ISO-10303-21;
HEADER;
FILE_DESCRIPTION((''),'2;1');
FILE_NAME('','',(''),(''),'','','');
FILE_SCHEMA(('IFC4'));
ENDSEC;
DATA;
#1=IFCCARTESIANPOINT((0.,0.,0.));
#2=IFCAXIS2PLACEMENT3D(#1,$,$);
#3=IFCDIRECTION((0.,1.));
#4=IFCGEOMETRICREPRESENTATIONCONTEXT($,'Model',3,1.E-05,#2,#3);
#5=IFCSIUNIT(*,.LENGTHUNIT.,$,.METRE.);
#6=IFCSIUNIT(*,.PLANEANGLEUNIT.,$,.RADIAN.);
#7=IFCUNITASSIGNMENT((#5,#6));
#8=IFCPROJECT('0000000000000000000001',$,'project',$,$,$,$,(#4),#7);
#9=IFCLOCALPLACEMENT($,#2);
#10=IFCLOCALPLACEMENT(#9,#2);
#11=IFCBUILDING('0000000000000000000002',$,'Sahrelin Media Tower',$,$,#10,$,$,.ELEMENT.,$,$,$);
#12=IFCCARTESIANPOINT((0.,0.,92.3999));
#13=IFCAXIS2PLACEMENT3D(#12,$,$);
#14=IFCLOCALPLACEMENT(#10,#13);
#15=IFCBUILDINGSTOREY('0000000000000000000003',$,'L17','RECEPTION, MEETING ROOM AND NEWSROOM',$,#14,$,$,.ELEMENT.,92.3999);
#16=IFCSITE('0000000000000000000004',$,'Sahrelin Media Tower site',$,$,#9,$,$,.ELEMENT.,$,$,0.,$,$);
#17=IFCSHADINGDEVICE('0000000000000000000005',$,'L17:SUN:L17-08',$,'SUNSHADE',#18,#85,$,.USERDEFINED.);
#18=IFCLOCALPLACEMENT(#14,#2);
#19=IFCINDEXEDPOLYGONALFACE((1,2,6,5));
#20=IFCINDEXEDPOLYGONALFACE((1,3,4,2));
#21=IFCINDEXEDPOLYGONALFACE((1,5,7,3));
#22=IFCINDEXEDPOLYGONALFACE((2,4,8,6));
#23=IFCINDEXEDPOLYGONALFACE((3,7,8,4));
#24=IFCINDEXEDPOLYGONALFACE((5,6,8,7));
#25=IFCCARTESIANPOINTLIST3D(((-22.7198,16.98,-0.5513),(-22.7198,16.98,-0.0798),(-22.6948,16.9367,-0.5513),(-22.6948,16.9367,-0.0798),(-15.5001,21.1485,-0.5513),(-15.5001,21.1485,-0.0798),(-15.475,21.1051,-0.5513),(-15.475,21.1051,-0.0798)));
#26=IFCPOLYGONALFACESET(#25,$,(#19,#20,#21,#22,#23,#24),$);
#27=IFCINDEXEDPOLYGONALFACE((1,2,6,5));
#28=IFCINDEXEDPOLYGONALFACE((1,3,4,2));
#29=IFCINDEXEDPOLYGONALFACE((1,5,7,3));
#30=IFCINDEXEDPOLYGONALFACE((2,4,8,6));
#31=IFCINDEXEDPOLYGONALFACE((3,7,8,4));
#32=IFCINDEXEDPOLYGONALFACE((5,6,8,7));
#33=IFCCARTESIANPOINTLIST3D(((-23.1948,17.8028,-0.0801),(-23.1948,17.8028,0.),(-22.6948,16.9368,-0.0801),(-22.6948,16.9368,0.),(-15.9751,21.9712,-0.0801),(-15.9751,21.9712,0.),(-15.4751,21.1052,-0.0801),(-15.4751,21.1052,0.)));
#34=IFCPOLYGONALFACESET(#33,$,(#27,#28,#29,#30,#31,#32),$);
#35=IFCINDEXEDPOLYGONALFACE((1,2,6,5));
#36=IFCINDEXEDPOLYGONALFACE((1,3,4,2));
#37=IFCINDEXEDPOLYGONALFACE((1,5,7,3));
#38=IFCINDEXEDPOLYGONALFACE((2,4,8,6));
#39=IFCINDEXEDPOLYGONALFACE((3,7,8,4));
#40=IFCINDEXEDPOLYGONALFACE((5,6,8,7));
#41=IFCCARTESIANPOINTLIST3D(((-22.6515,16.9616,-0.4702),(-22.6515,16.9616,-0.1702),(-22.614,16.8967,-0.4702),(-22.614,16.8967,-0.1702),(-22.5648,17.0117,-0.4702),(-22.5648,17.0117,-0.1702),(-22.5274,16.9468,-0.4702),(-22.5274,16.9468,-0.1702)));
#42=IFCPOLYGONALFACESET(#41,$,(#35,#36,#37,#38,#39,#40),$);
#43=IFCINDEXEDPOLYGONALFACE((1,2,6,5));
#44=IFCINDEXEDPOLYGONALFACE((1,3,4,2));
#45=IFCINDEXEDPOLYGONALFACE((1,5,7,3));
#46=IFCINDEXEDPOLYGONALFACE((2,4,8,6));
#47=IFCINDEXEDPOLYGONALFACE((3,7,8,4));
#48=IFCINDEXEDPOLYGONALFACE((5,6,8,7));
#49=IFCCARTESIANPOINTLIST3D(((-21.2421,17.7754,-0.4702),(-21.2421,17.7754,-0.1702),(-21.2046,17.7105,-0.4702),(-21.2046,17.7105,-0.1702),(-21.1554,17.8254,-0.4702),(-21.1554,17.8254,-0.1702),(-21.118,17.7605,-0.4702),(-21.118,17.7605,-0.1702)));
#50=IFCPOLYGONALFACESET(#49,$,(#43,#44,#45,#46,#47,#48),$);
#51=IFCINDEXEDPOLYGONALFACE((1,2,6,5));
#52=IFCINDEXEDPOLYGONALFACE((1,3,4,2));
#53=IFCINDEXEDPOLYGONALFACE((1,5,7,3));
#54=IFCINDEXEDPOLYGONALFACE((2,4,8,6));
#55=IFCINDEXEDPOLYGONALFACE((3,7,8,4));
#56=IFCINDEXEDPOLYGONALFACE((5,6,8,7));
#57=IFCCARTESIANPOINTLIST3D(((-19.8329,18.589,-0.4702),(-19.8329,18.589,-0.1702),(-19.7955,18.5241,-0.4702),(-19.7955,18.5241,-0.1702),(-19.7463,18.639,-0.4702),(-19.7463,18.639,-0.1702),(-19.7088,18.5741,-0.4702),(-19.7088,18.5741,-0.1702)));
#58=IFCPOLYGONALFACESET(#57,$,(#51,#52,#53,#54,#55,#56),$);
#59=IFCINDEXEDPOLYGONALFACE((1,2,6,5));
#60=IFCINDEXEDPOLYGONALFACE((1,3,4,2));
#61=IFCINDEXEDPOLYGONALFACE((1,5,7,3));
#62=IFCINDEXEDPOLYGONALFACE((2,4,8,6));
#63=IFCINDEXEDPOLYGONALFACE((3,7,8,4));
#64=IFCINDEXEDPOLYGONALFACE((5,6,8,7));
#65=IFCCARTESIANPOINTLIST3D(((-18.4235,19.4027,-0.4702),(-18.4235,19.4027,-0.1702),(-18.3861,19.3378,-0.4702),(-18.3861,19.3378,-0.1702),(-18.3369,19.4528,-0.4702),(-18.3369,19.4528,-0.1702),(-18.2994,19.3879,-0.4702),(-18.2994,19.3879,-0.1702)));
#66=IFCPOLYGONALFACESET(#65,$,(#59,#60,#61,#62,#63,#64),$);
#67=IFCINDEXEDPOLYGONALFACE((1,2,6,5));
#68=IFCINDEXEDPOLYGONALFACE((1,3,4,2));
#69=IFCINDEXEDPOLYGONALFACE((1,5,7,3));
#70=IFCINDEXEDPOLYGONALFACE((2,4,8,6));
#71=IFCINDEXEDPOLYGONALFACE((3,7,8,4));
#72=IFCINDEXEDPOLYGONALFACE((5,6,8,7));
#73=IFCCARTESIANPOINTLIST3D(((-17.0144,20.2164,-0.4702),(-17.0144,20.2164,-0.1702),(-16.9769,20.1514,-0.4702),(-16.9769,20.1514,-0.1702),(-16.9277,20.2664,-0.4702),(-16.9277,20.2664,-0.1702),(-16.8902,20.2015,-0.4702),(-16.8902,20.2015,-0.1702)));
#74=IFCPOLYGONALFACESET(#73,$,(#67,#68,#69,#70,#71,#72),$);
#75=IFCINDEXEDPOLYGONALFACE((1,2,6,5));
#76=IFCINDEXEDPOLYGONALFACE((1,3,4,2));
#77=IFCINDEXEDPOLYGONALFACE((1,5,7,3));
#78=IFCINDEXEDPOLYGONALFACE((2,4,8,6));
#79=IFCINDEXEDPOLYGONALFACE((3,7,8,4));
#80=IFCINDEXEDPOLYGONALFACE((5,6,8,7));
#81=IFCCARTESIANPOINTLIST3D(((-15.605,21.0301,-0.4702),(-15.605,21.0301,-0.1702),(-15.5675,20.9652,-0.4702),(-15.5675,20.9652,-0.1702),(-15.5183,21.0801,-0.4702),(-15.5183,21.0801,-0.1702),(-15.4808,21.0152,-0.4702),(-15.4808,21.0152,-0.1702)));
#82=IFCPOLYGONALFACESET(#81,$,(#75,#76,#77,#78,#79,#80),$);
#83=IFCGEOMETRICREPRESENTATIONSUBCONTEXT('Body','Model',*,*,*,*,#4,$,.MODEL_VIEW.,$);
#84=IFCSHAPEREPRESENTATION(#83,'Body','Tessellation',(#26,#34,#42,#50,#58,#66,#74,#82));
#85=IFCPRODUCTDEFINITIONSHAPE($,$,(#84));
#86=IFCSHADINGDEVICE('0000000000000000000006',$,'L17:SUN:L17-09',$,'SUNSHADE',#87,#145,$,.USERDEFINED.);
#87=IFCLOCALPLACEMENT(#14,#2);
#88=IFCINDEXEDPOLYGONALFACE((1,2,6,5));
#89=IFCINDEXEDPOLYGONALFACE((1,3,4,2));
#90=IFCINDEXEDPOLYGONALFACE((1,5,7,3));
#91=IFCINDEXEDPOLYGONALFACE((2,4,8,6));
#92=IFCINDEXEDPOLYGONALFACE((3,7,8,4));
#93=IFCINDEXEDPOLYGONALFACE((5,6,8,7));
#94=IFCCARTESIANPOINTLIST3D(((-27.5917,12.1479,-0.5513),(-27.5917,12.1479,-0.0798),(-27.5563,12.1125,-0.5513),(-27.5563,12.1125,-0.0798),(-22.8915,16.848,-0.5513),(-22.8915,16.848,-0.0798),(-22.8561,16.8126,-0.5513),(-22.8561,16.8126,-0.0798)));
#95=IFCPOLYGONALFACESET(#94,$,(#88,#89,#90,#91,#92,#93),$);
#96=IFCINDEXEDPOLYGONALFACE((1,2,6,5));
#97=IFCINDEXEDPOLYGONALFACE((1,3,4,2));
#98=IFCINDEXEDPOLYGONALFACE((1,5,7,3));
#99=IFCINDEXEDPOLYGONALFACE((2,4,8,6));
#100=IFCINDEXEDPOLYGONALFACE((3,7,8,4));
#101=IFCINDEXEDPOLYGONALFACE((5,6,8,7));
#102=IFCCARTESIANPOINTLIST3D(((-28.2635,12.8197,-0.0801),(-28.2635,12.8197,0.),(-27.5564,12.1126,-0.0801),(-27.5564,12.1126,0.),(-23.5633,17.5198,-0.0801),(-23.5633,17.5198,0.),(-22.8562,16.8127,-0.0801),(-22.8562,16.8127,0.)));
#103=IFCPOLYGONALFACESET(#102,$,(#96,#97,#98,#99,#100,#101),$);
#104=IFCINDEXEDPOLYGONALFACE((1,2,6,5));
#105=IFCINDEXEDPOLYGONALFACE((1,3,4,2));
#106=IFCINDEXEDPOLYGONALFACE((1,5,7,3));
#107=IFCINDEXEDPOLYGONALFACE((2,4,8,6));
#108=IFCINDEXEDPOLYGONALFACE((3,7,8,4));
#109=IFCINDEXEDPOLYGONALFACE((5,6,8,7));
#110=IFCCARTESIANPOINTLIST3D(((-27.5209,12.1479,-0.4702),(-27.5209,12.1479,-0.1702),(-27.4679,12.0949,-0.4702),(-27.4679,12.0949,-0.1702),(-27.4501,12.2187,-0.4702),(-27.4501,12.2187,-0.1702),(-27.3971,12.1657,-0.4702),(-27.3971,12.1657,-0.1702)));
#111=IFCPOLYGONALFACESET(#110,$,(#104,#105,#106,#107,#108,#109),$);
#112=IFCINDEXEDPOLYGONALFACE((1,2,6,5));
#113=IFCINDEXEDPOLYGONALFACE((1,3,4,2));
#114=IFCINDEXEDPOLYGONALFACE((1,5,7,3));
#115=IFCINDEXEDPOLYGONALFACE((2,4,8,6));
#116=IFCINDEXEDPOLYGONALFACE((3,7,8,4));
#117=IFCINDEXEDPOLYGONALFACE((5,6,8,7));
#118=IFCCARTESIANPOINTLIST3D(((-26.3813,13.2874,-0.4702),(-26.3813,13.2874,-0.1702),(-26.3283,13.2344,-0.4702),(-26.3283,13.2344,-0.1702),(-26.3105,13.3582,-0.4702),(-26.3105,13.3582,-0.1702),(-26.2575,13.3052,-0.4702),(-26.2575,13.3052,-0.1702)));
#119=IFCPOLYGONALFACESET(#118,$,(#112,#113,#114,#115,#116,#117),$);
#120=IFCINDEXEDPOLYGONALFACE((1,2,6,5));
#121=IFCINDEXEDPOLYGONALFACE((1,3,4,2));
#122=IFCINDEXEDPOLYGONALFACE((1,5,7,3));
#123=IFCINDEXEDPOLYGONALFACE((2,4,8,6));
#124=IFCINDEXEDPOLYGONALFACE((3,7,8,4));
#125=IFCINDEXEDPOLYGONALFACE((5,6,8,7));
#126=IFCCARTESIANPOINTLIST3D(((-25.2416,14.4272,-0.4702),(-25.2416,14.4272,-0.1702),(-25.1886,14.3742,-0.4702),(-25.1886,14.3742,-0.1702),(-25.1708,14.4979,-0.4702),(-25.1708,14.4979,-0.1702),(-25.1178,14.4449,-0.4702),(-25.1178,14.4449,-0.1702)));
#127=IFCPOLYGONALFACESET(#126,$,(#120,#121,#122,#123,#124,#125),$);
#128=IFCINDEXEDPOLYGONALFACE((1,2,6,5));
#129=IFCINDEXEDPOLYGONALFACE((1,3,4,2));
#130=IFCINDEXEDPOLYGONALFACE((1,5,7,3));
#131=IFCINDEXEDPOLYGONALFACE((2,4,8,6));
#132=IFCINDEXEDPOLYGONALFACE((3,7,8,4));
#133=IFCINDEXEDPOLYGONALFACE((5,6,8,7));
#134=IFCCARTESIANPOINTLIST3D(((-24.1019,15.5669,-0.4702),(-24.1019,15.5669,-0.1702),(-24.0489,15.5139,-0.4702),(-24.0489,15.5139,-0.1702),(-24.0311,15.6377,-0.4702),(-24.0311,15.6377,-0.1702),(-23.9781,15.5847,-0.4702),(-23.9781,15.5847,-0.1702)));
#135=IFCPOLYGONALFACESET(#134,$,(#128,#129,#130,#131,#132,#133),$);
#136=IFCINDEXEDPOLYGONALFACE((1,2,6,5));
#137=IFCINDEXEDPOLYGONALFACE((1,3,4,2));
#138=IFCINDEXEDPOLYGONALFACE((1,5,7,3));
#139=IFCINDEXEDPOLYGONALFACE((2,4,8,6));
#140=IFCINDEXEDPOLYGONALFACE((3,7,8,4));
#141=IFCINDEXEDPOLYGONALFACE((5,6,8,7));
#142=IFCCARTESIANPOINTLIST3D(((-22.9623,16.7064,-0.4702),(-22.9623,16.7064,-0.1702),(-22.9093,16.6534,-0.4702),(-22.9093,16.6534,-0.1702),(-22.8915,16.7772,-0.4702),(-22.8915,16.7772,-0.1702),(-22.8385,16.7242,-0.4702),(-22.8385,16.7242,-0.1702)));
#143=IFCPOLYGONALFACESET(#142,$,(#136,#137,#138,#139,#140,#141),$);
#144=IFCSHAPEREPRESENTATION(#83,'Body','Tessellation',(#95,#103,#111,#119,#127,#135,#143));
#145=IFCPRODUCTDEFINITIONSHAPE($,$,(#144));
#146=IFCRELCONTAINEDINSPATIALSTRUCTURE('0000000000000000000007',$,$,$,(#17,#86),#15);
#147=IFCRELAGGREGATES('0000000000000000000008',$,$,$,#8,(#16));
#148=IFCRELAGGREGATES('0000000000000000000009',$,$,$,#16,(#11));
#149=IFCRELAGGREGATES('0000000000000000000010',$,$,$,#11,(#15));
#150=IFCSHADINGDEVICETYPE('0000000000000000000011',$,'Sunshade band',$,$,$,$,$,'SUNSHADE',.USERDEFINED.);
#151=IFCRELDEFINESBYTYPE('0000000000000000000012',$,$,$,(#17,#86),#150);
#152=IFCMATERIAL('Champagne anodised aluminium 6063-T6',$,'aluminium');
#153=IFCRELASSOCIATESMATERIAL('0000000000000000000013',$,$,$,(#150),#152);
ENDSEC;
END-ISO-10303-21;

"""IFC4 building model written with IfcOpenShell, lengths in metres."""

from ifc_helpers import new_model, si_unit, direction, frame, origin, origin_2d, place, context, subcontext, project, spatial, rectangle, extrude, material, type_object, element, save


model = new_model("IFC4")

# Units and contexts
model_context = context("Model", 3, precision=1e-05, world=origin(), true_north=direction((0.0, 1.0)))
body_context = subcontext(model_context, "Body", "Model", "MODEL_VIEW")
ifc_project = project(units=[si_unit("LENGTHUNIT", "METRE"), si_unit("PLANEANGLEUNIT", "RADIAN")], contexts=[model_context])

# Site, building, storey
site_placement = place(None, origin())
site = spatial("IfcSite", under=ifc_project, at=site_placement, Name="Sahrelin Media Tower site", CompositionType="ELEMENT", RefElevation=0.0)
building_placement = place(site_placement, origin())
building = spatial("IfcBuilding", under=site, at=building_placement, Name="Sahrelin Media Tower", CompositionType="ELEMENT")
storey_placement = place(building_placement, frame((0.0, 0.0, 92.3999)))
storey = spatial("IfcBuildingStorey", under=building, at=storey_placement, Name="L17", Description="RECEPTION, MEETING ROOM AND NEWSROOM", CompositionType="ELEMENT", Elevation=92.3999)

# Shared definitions
ifc_material_1 = material(Name="Champagne anodised aluminium 6063-T6", Category="aluminium")

# Shading devices
placement_1 = place(storey_placement, frame((-19.075, 19.0037, 0.0), z_axis=(0.0, 0.0, 1.0), x_axis=(0.866019, 0.500011, 0.0)))
placement_2 = place(storey_placement, frame((-25.1921, 14.4485, 0.0), z_axis=(0.0, 0.0, 1.0), x_axis=(0.707107, 0.707107, 0.0)))
shading_device_type_1 = type_object("IfcShadingDeviceType", Name="Sunshade band", ElementType="SUNSHADE", PredefinedType="USERDEFINED", material=ifc_material_1)
element("IfcShadingDevice", 1, at=placement_1, inside=storey, type_object=shading_device_type_1, Name="L17:SUN:L17-08", ObjectType="SUNSHADE", PredefinedType="USERDEFINED", context=body_context, shape_type="SweptSolid", body=[
    extrude(rectangle(XDim=8.3367, YDim=0.05, at=origin_2d()), frame((0.0, 0.0449, -0.5513)), (0.0, 0.0, 1.0), 0.4714),
    extrude(rectangle(XDim=8.3367, YDim=1.0, at=origin_2d()), frame((0.0, 0.52, -0.0801)), (0.0, 0.0, 1.0), 0.0801),
    extrude(rectangle(XDim=0.1001, YDim=0.075, at=origin_2d()), frame((-4.0684, -0.0176, -0.4702)), (0.0, 0.0, 1.0), 0.3),
    extrude(rectangle(XDim=0.1001, YDim=0.075, at=origin_2d()), frame((-2.4409, -0.0176, -0.4702)), (0.0, 0.0, 1.0), 0.3),
    extrude(rectangle(XDim=0.1001, YDim=0.075, at=origin_2d()), frame((-0.8137, -0.0176, -0.4702)), (0.0, 0.0, 1.0), 0.3),
    extrude(rectangle(XDim=0.1001, YDim=0.075, at=origin_2d()), frame((0.8137, -0.0176, -0.4702)), (0.0, 0.0, 1.0), 0.3),
    extrude(rectangle(XDim=0.1001, YDim=0.075, at=origin_2d()), frame((2.4409, -0.0176, -0.4702)), (0.0, 0.0, 1.0), 0.3),
    extrude(rectangle(XDim=0.1001, YDim=0.075, at=origin_2d()), frame((4.0684, -0.0176, -0.4702)), (0.0, 0.0, 1.0), 0.3),
])
element("IfcShadingDevice", 2, at=placement_2, inside=storey, type_object=shading_device_type_1, Name="L17:SUN:L17-09", ObjectType="SUNSHADE", PredefinedType="USERDEFINED", context=body_context, shape_type="SweptSolid", body=[
    extrude(rectangle(XDim=6.647, YDim=0.05, at=origin_2d()), frame((0.0, 0.0449, -0.5513)), (0.0, 0.0, 1.0), 0.4714),
    extrude(rectangle(XDim=6.647, YDim=1.0, at=origin_2d()), frame((0.0, 0.52, -0.0801)), (0.0, 0.0, 1.0), 0.0801),
    extrude(rectangle(XDim=0.1001, YDim=0.075, at=origin_2d()), frame((-3.2234, -0.0176, -0.4702)), (0.0, 0.0, 1.0), 0.3),
    extrude(rectangle(XDim=0.1001, YDim=0.075, at=origin_2d()), frame((-1.6118, -0.0176, -0.4702)), (0.0, 0.0, 1.0), 0.3),
    extrude(rectangle(XDim=0.1001, YDim=0.075, at=origin_2d()), frame((0.0, -0.0176, -0.4702)), (0.0, 0.0, 1.0), 0.3),
    extrude(rectangle(XDim=0.1001, YDim=0.075, at=origin_2d()), frame((1.6118, -0.0176, -0.4702)), (0.0, 0.0, 1.0), 0.3),
    extrude(rectangle(XDim=0.1001, YDim=0.075, at=origin_2d()), frame((3.2234, -0.0176, -0.4702)), (0.0, 0.0, 1.0), 0.3),
])

save(model, "model.ifc")
